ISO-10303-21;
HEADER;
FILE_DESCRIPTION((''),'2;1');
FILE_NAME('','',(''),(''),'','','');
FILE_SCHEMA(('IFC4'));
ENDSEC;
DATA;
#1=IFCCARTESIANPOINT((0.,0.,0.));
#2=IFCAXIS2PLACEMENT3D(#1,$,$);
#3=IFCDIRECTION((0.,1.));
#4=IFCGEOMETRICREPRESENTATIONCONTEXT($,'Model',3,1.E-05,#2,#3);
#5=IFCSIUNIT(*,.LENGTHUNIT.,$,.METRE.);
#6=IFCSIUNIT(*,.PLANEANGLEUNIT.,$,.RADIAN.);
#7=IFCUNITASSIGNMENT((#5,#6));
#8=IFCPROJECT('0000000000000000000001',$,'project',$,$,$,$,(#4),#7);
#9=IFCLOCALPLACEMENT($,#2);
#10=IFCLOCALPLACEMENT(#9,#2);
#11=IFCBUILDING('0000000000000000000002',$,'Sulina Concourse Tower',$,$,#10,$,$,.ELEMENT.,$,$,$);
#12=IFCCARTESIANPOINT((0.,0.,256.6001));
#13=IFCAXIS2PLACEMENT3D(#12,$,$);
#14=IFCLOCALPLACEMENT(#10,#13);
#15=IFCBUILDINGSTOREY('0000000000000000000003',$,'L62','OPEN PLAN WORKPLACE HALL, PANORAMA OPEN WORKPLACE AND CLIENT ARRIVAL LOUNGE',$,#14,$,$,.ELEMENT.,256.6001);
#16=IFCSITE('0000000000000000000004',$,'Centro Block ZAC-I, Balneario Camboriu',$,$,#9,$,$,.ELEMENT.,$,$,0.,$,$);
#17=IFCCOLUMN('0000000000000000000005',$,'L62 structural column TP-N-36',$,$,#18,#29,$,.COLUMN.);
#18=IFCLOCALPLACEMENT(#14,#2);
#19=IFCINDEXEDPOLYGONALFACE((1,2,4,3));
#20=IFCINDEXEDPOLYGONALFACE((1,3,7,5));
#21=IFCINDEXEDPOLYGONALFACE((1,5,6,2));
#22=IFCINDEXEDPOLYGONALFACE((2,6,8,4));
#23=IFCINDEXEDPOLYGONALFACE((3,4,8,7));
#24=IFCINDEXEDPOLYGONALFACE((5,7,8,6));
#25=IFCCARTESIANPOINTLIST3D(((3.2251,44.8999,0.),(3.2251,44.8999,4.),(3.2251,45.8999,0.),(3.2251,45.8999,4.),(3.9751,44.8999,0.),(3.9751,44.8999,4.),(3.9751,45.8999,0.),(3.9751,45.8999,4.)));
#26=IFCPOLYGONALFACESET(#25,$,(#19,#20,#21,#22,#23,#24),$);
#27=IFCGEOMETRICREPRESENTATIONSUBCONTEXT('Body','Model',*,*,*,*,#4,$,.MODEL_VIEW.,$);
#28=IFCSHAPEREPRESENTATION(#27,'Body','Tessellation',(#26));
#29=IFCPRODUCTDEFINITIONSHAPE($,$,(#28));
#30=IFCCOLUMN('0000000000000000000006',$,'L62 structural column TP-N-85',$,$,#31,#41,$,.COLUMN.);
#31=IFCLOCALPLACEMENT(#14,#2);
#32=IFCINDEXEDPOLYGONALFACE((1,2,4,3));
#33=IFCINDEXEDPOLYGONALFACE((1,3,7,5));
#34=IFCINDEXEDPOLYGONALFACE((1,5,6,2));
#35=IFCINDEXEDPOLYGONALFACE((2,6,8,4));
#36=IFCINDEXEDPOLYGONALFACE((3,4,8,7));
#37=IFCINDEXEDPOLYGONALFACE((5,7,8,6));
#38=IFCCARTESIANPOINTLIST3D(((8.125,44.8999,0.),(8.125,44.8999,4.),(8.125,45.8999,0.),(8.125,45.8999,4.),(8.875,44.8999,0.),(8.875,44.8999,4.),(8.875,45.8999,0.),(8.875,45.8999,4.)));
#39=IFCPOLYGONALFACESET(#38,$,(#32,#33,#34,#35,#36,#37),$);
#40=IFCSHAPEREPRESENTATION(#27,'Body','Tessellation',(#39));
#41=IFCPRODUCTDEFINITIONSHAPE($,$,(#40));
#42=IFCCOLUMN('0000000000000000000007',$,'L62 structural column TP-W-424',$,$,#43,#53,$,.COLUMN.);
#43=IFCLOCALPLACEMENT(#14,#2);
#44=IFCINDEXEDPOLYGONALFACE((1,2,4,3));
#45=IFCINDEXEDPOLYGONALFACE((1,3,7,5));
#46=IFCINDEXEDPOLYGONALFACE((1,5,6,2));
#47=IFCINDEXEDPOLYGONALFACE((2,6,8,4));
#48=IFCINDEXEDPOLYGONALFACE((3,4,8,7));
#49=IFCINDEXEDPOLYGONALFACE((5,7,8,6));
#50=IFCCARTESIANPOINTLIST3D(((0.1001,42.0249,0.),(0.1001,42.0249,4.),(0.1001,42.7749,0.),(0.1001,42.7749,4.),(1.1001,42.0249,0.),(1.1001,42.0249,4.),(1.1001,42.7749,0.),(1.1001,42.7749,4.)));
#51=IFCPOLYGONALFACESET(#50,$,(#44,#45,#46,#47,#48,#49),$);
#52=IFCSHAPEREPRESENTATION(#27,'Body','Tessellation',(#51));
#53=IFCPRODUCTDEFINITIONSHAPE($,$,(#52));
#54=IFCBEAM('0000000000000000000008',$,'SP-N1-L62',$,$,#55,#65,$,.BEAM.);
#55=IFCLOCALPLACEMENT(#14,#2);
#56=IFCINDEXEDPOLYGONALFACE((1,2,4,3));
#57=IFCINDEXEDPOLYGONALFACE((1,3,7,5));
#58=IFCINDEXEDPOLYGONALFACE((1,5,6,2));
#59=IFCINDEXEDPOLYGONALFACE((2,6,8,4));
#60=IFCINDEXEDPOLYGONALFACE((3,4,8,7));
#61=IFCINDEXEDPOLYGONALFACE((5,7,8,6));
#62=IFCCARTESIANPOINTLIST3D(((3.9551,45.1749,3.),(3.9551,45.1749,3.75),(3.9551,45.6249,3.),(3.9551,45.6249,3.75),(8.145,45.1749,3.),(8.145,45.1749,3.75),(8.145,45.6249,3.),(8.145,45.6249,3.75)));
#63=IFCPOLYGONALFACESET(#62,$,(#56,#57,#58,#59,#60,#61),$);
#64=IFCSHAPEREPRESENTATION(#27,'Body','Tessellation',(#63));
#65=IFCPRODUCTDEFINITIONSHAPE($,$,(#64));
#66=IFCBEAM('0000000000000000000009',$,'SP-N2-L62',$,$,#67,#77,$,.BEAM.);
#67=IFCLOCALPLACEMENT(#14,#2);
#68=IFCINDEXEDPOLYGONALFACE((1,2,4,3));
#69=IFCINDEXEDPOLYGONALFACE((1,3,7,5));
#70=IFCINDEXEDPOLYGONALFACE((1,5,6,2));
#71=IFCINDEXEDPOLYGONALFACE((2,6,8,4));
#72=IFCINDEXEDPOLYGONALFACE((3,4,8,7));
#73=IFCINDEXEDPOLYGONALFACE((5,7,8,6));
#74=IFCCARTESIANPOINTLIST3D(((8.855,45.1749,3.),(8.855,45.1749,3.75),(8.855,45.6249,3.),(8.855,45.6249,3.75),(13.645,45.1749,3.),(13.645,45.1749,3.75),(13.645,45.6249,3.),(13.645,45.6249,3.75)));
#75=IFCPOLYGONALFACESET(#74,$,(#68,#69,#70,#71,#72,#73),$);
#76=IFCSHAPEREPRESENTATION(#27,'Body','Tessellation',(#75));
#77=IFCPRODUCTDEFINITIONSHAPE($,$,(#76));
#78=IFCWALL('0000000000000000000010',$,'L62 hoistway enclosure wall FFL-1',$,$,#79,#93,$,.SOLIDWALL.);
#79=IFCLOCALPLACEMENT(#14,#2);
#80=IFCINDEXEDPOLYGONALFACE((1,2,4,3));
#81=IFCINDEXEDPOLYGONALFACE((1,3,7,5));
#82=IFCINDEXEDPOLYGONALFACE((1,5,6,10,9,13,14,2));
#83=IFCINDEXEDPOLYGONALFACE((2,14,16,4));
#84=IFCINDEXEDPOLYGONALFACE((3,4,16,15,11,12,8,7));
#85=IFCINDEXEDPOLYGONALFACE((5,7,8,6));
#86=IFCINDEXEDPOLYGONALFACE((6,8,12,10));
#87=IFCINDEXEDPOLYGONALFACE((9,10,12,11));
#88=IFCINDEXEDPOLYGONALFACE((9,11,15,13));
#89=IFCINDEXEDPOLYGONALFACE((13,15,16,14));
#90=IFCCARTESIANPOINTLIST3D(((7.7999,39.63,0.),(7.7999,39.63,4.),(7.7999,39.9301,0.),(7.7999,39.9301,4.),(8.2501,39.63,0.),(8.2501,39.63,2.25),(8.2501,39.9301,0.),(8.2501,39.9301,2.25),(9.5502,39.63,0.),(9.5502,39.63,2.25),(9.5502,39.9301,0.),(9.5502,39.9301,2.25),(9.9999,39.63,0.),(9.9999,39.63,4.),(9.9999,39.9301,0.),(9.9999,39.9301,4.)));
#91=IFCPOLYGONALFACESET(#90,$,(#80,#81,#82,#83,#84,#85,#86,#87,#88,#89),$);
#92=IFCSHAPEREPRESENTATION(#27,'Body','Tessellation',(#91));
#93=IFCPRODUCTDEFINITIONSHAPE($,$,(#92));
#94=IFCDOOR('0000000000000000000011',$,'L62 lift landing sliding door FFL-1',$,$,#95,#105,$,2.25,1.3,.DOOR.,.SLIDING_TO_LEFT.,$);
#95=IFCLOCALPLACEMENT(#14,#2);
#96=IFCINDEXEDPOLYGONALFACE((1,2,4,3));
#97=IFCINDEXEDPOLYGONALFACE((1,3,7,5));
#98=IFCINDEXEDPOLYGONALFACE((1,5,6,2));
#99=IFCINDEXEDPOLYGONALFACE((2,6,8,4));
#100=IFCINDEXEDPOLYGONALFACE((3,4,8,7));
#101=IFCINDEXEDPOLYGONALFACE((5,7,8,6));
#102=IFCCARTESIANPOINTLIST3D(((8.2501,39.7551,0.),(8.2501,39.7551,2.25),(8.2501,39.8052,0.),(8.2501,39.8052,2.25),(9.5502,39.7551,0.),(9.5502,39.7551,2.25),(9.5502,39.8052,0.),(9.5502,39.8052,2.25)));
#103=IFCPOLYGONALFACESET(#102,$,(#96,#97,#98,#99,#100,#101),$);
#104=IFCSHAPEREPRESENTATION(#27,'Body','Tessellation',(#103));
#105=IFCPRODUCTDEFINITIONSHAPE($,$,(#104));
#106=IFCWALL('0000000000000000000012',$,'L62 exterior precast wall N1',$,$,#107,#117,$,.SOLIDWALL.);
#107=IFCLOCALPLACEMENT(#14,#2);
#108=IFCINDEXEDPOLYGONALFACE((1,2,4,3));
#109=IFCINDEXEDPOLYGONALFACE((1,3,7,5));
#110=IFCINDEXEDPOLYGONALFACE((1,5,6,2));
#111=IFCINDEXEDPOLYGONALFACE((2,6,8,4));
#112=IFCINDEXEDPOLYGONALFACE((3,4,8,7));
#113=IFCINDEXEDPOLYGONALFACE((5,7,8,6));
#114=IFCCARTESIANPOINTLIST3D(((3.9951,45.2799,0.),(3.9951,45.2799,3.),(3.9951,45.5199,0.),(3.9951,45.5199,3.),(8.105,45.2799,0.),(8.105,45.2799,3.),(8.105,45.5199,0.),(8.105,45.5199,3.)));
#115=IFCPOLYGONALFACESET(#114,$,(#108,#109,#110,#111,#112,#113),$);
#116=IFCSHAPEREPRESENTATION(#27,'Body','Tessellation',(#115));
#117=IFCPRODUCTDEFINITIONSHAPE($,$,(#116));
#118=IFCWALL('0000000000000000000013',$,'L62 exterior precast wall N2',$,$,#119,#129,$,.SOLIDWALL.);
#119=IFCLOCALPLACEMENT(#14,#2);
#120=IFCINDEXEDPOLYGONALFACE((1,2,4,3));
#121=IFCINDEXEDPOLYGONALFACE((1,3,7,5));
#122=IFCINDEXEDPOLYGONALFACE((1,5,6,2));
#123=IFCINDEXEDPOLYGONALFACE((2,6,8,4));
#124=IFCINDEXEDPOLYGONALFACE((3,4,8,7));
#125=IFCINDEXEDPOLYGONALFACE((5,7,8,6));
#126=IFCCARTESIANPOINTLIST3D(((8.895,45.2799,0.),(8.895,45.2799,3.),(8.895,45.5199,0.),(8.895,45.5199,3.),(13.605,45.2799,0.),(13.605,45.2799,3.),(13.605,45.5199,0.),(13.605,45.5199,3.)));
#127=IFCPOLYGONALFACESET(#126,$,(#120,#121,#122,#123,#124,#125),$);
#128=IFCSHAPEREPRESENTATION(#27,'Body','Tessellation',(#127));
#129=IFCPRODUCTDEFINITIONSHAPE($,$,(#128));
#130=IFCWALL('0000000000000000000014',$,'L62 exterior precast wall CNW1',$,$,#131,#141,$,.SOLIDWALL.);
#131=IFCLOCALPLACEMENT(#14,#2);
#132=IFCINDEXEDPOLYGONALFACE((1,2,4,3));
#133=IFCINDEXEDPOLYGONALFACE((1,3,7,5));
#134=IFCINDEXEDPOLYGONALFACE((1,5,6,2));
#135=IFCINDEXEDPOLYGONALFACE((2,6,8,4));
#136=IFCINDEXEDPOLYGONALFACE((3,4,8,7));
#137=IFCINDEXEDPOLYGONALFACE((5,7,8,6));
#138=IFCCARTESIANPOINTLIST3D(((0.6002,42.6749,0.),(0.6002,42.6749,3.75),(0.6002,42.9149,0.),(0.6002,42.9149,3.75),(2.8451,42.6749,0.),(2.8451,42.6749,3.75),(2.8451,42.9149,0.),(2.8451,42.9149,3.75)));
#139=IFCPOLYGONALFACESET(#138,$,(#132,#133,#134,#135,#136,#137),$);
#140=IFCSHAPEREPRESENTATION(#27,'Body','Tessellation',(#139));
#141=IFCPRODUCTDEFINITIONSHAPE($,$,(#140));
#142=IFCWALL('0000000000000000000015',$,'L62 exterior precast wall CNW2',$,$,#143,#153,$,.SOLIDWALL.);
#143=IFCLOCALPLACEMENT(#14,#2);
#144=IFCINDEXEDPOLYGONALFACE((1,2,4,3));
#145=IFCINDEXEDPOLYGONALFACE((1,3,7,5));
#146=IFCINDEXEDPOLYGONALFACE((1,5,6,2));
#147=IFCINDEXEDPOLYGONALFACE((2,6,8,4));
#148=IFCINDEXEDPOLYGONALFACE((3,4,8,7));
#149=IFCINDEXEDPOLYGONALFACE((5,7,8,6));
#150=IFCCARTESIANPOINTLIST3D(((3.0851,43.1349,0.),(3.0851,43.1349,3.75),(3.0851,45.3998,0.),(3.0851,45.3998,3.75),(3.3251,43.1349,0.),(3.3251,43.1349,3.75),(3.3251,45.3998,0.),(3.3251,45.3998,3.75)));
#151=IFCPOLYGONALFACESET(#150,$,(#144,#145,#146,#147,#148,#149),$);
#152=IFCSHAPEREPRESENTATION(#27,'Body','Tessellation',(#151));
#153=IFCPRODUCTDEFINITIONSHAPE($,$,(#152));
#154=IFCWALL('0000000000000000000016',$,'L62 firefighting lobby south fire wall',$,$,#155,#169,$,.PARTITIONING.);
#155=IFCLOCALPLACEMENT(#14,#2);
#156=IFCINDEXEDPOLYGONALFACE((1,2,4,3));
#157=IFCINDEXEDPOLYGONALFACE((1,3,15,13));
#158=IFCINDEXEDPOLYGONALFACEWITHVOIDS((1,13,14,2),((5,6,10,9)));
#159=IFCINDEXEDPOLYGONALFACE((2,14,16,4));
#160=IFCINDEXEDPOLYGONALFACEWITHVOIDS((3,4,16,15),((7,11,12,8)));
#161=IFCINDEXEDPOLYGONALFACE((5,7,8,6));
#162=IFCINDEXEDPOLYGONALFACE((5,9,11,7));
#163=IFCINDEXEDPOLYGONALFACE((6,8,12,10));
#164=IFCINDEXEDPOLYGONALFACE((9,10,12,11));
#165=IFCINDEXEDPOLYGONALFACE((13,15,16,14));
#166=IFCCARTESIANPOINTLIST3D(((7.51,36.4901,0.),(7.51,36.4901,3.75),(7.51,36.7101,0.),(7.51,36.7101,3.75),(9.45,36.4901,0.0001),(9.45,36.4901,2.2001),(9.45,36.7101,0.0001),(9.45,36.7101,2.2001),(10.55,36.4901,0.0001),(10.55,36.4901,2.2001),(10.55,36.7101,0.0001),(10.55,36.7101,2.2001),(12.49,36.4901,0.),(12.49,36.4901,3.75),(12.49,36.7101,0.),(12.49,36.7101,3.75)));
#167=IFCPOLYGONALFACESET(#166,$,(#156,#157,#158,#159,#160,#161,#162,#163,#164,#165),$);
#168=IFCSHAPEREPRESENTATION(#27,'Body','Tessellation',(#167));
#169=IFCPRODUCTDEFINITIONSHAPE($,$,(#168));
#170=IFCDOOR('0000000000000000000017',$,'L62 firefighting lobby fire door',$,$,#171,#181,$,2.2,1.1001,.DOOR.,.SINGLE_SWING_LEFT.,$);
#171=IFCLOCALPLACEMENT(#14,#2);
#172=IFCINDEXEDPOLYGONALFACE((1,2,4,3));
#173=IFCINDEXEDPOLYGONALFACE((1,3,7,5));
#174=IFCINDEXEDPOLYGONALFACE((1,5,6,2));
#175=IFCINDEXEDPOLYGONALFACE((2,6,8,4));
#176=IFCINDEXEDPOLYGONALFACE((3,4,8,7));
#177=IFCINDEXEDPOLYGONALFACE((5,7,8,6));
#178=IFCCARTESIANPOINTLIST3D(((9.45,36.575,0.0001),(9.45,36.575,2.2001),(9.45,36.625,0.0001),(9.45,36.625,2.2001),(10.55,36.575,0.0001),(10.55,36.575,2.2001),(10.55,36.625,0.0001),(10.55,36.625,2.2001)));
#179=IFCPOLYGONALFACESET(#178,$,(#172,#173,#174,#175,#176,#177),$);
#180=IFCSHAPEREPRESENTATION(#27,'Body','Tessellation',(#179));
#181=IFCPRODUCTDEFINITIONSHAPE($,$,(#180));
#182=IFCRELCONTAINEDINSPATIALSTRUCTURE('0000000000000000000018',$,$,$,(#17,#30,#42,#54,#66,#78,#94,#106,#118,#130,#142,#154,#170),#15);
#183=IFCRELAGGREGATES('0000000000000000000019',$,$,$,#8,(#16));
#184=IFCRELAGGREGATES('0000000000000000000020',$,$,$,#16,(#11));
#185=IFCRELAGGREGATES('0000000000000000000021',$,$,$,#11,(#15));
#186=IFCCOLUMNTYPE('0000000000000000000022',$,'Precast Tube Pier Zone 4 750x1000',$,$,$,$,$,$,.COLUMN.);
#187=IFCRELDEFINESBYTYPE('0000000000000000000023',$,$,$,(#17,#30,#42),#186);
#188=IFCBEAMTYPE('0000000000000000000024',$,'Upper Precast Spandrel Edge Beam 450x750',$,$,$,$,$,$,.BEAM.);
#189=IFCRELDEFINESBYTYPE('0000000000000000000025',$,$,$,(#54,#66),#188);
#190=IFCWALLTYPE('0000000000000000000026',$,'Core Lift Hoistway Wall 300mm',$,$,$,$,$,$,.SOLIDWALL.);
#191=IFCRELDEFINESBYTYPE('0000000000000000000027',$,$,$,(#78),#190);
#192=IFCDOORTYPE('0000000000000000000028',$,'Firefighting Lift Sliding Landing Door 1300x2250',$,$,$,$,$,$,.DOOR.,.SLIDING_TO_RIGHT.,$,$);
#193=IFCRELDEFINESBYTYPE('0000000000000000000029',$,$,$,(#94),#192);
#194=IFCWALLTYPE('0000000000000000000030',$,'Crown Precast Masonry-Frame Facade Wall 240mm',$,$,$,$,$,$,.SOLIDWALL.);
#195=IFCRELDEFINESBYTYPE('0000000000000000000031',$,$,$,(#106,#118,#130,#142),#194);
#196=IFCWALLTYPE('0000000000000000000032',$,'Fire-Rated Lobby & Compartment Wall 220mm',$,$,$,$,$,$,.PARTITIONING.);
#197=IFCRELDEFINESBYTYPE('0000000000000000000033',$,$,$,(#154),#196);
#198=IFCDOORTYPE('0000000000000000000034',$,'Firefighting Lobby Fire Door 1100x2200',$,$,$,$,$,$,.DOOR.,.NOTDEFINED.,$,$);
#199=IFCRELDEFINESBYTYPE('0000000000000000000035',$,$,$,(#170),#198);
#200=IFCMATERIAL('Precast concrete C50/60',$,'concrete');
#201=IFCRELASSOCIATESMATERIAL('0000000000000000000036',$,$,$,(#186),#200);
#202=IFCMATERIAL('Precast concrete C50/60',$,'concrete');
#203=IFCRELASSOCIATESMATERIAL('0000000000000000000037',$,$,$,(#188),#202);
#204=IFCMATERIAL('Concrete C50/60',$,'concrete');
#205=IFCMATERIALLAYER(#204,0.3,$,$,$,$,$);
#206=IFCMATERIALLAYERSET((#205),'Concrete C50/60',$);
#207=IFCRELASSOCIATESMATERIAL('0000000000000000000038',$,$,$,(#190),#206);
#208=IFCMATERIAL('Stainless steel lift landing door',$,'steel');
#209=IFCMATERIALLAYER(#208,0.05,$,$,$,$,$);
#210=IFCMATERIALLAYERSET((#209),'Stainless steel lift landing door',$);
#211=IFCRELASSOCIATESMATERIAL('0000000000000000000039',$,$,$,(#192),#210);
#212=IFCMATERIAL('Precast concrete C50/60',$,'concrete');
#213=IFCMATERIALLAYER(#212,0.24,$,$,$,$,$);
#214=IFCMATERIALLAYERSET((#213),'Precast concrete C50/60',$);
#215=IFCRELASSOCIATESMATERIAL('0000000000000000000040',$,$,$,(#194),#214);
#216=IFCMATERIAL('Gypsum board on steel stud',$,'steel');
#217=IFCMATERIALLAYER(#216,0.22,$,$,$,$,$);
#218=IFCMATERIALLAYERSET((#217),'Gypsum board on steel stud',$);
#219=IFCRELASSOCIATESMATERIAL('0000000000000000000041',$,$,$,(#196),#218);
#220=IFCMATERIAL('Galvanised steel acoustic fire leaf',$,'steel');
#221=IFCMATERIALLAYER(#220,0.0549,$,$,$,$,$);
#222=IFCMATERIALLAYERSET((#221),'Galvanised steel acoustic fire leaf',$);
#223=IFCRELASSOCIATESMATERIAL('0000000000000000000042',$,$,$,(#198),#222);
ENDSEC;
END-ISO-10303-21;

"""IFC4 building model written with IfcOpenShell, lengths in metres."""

from ifc_helpers import new_model, si_unit, direction, frame, frame_2d, origin, origin_2d, place, context, subcontext, project, spatial, rectangle, extrude, material, layer, layer_set, material_profile, profile_set, type_object, element, fill, save


model = new_model("IFC4")

# Units and contexts
model_context = context("Model", 3, precision=1e-05, world=origin(), true_north=direction((0.0, 1.0)))
body_context = subcontext(model_context, "Body", "Model", "MODEL_VIEW")
ifc_project = project(units=[si_unit("LENGTHUNIT", "METRE"), si_unit("PLANEANGLEUNIT", "RADIAN")], contexts=[model_context])

# Site, building, storey
site_placement = place(None, origin())
site = spatial("IfcSite", under=ifc_project, at=site_placement, Name="Centro Block ZAC-I, Balneario Camboriu", CompositionType="ELEMENT", RefElevation=0.0)
building_placement = place(site_placement, origin())
building = spatial("IfcBuilding", under=site, at=building_placement, Name="Sulina Concourse Tower", CompositionType="ELEMENT")
storey_placement = place(building_placement, frame((0.0, 0.0, 256.6001)))
storey = spatial("IfcBuildingStorey", under=building, at=storey_placement, Name="L62", Description="OPEN PLAN WORKPLACE HALL, PANORAMA OPEN WORKPLACE AND CLIENT ARRIVAL LOUNGE", CompositionType="ELEMENT", Elevation=256.6001)

# Columns
ifc_material_1 = material(Name="Precast concrete C50/60", Category="concrete")
ifc_material_profile_1 = material_profile(ifc_material_1, rectangle(XDim=0.75, YDim=1.0, at=origin_2d()), Name="PC 750x1000")
ifc_profile_set_1 = profile_set([ifc_material_profile_1], Name="Precast concrete C50/60")
column_type = type_object("IfcColumnType", Name="Precast Tube Pier Zone 4 750x1000", PredefinedType="COLUMN", material=ifc_profile_set_1)
for number, where, z_axis, x_axis, name in (
    (1, (3.6001, 45.3999, 0.0), (0.0, 0.0, 1.0), (1.0, 0.0, 0.0), "L62 structural column TP-N-36"),
    (2, (8.5, 45.3999, 0.0), (0.0, 0.0, 1.0), (1.0, 0.0, 0.0), "L62 structural column TP-N-85"),
    (3, (0.6001, 42.3999, 0.0), (0.0, 0.0, 1.0), (0.0, 1.0, 0.0), "L62 structural column TP-W-424"),
):
    element("IfcColumn", number, at=place(storey_placement, frame(where, z_axis=z_axis, x_axis=x_axis)), inside=storey, type_object=column_type, Name=name, PredefinedType="COLUMN", context=body_context, shape_type="SweptSolid", body=[
        extrude(rectangle(XDim=0.75, YDim=1.0, at=origin_2d()), origin(), (0.0, 0.0, 1.0), 4.0),
    ])

# Beams
ifc_material_2 = material(Name="Precast concrete C50/60", Category="concrete")
ifc_material_profile_2 = material_profile(ifc_material_2, rectangle(XDim=0.45, YDim=0.75, at=origin_2d()), Name="RC 450x750")
ifc_profile_set_2 = profile_set([ifc_material_profile_2], Name="Precast concrete C50/60")
beam_type = type_object("IfcBeamType", Name="Upper Precast Spandrel Edge Beam 450x750", PredefinedType="BEAM", material=ifc_profile_set_2)
beam_1_placement = place(storey_placement, frame((3.9551, 45.3999, 3.375), z_axis=(1.0, 0.0, 0.0), x_axis=(0.0, 1.0, 0.0)))
element("IfcBeam", 4, at=beam_1_placement, inside=storey, type_object=beam_type, Name="SP-N1-L62", PredefinedType="BEAM", context=body_context, shape_type="SweptSolid", body=[
    extrude(rectangle(XDim=0.45, YDim=0.75, at=origin_2d()), origin(), (0.0, 0.0, 1.0), 4.1899),
])
beam_2_placement = place(storey_placement, frame((8.855, 45.3999, 3.375), z_axis=(1.0, 0.0, 0.0), x_axis=(0.0, 1.0, 0.0)))
element("IfcBeam", 5, at=beam_2_placement, inside=storey, type_object=beam_type, Name="SP-N2-L62", PredefinedType="BEAM", context=body_context, shape_type="SweptSolid", body=[
    extrude(rectangle(XDim=0.45, YDim=0.75, at=origin_2d()), origin(), (0.0, 0.0, 1.0), 4.79),
])

# Wall, opening, door
ifc_material_3 = material(Name="Concrete C50/60", Category="concrete")
ifc_layer_1 = layer(ifc_material_3, 0.3)
ifc_layer_set_1 = layer_set([ifc_layer_1], Name="Concrete C50/60")
wall_type_1 = type_object("IfcWallType", Name="Core Lift Hoistway Wall 300mm", PredefinedType="SOLIDWALL", material=ifc_layer_set_1)
wall_1_placement = place(storey_placement, frame((10.0, 39.78, 0.0), z_axis=(0.0, 0.0, 1.0), x_axis=(-1.0, 0.0, 0.0)))
wall_1 = element("IfcWall", 6, at=wall_1_placement, inside=storey, type_object=wall_type_1, Name="L62 hoistway enclosure wall FFL-1", PredefinedType="SOLIDWALL", context=body_context, shape_type="SweptSolid", body=[
    extrude(rectangle(XDim=2.2, YDim=0.3, at=frame_2d((1.1001, 0.0))), origin(), (0.0, 0.0, 1.0), 4.0),
])
opening_1_placement = place(wall_1_placement, frame((0.45, 0.0, 0.0)))
opening_1 = element("IfcOpeningElement", 7, at=opening_1_placement, cuts=wall_1, PredefinedType="OPENING", context=body_context, shape_type="SweptSolid", body=[
    extrude(rectangle(XDim=1.3, YDim=2.25, at=frame_2d((0.6499, 1.125))), frame((0.0, 0.1599, 0.0), z_axis=(0.0, -1.0, 0.0), x_axis=(1.0, 0.0, 0.0)), (0.0, 0.0, 1.0), 0.3201),
])
ifc_material_4 = material(Name="Stainless steel lift landing door", Category="steel")
ifc_layer_2 = layer(ifc_material_4, 0.05)
ifc_layer_set_2 = layer_set([ifc_layer_2], Name="Stainless steel lift landing door")
door_type_1 = type_object("IfcDoorType", Name="Firefighting Lift Sliding Landing Door 1300x2250", OperationType="SLIDING_TO_RIGHT", PredefinedType="DOOR", material=ifc_layer_set_2)
door_1_placement = place(opening_1_placement, origin())
door_1 = element("IfcDoor", 8, at=door_1_placement, inside=storey, type_object=door_type_1, Name="L62 lift landing sliding door FFL-1", OperationType="SLIDING_TO_LEFT", OverallHeight=2.25, OverallWidth=1.3, PredefinedType="DOOR", context=body_context, shape_type="SweptSolid", body=[
    extrude(rectangle(XDim=1.3, YDim=2.25, at=frame_2d((0.6499, 1.125))), frame((0.0, 0.0249, 0.0), z_axis=(0.0, -1.0, 0.0), x_axis=(1.0, 0.0, 0.0)), (0.0, 0.0, 1.0), 0.05),
])
fill(opening_1, door_1)

# Walls
ifc_material_5 = material(Name="Precast concrete C50/60", Category="concrete")
ifc_layer_3 = layer(ifc_material_5, 0.24)
ifc_layer_set_3 = layer_set([ifc_layer_3], Name="Precast concrete C50/60")
wall_type_2 = type_object("IfcWallType", Name="Crown Precast Masonry-Frame Facade Wall 240mm", PredefinedType="SOLIDWALL", material=ifc_layer_set_3)
wall_2_placement = place(storey_placement, frame((3.9951, 45.3999, 0.0), z_axis=(0.0, 0.0, 1.0), x_axis=(1.0, 0.0, 0.0)))
element("IfcWall", 9, at=wall_2_placement, inside=storey, type_object=wall_type_2, Name="L62 exterior precast wall N1", PredefinedType="SOLIDWALL", context=body_context, shape_type="SweptSolid", body=[
    extrude(rectangle(XDim=4.1099, YDim=0.24, at=frame_2d((2.0549, 0.0))), origin(), (0.0, 0.0, 1.0), 3.0),
])
wall_3_placement = place(storey_placement, frame((8.895, 45.3999, 0.0), z_axis=(0.0, 0.0, 1.0), x_axis=(1.0, 0.0, 0.0)))
element("IfcWall", 10, at=wall_3_placement, inside=storey, type_object=wall_type_2, Name="L62 exterior precast wall N2", PredefinedType="SOLIDWALL", context=body_context, shape_type="SweptSolid", body=[
    extrude(rectangle(XDim=4.71, YDim=0.24, at=frame_2d((2.355, 0.0))), origin(), (0.0, 0.0, 1.0), 3.0),
])
wall_4_placement = place(storey_placement, frame((0.6001, 42.7949, 0.0), z_axis=(0.0, 0.0, 1.0), x_axis=(1.0, 0.0, 0.0)))
element("IfcWall", 11, at=wall_4_placement, inside=storey, type_object=wall_type_2, Name="L62 exterior precast wall CNW1", PredefinedType="SOLIDWALL", context=body_context, shape_type="SweptSolid", body=[
    extrude(rectangle(XDim=2.2449, YDim=0.24, at=frame_2d((1.1226, 0.0))), origin(), (0.0, 0.0, 1.0), 3.75),
])
wall_5_placement = place(storey_placement, frame((3.2051, 43.135, 0.0), z_axis=(0.0, 0.0, 1.0), x_axis=(0.0, 1.0, 0.0)))
element("IfcWall", 12, at=wall_5_placement, inside=storey, type_object=wall_type_2, Name="L62 exterior precast wall CNW2", PredefinedType="SOLIDWALL", context=body_context, shape_type="SweptSolid", body=[
    extrude(rectangle(XDim=2.2649, YDim=0.24, at=frame_2d((1.1323, 0.0))), origin(), (0.0, 0.0, 1.0), 3.75),
])

# Wall, opening, door
ifc_material_6 = material(Name="Gypsum board on steel stud", Category="steel")
ifc_layer_4 = layer(ifc_material_6, 0.22)
ifc_layer_set_4 = layer_set([ifc_layer_4], Name="Gypsum board on steel stud")
wall_type_3 = type_object("IfcWallType", Name="Fire-Rated Lobby & Compartment Wall 220mm", PredefinedType="PARTITIONING", material=ifc_layer_set_4)
wall_6_placement = place(storey_placement, frame((7.51, 36.6001, 0.0), z_axis=(0.0, 0.0, 1.0), x_axis=(1.0, 0.0, 0.0)))
wall_6 = element("IfcWall", 13, at=wall_6_placement, inside=storey, type_object=wall_type_3, Name="L62 firefighting lobby south fire wall", PredefinedType="PARTITIONING", context=body_context, shape_type="SweptSolid", body=[
    extrude(rectangle(XDim=4.98, YDim=0.22, at=frame_2d((2.49, 0.0))), origin(), (0.0, 0.0, 1.0), 3.75),
])
opening_2_placement = place(wall_6_placement, frame((1.9399, 0.0, 0.0)))
opening_2 = element("IfcOpeningElement", 14, at=opening_2_placement, cuts=wall_6, PredefinedType="OPENING", context=body_context, shape_type="SweptSolid", body=[
    extrude(rectangle(XDim=1.1001, YDim=2.2, at=frame_2d((0.55, 1.1001))), frame((0.0, 0.1199, 0.0), z_axis=(0.0, -1.0, 0.0), x_axis=(1.0, 0.0, 0.0)), (0.0, 0.0, 1.0), 0.24),
])
ifc_material_7 = material(Name="Galvanised steel acoustic fire leaf", Category="steel")
ifc_layer_5 = layer(ifc_material_7, 0.0549)
ifc_layer_set_5 = layer_set([ifc_layer_5], Name="Galvanised steel acoustic fire leaf")
door_type_2 = type_object("IfcDoorType", Name="Firefighting Lobby Fire Door 1100x2200", OperationType="NOTDEFINED", PredefinedType="DOOR", material=ifc_layer_set_5)
door_2_placement = place(opening_2_placement, origin())
door_2 = element("IfcDoor", 15, at=door_2_placement, inside=storey, type_object=door_type_2, Name="L62 firefighting lobby fire door", OperationType="SINGLE_SWING_LEFT", OverallHeight=2.2, OverallWidth=1.1001, PredefinedType="DOOR", context=body_context, shape_type="SweptSolid", body=[
    extrude(rectangle(XDim=1.1001, YDim=2.2, at=frame_2d((0.55, 1.1001))), frame((0.0, 0.0249, 0.0), z_axis=(0.0, -1.0, 0.0), x_axis=(1.0, 0.0, 0.0)), (0.0, 0.0, 1.0), 0.05),
])
fill(opening_2, door_2)

save(model, "model.ifc")
